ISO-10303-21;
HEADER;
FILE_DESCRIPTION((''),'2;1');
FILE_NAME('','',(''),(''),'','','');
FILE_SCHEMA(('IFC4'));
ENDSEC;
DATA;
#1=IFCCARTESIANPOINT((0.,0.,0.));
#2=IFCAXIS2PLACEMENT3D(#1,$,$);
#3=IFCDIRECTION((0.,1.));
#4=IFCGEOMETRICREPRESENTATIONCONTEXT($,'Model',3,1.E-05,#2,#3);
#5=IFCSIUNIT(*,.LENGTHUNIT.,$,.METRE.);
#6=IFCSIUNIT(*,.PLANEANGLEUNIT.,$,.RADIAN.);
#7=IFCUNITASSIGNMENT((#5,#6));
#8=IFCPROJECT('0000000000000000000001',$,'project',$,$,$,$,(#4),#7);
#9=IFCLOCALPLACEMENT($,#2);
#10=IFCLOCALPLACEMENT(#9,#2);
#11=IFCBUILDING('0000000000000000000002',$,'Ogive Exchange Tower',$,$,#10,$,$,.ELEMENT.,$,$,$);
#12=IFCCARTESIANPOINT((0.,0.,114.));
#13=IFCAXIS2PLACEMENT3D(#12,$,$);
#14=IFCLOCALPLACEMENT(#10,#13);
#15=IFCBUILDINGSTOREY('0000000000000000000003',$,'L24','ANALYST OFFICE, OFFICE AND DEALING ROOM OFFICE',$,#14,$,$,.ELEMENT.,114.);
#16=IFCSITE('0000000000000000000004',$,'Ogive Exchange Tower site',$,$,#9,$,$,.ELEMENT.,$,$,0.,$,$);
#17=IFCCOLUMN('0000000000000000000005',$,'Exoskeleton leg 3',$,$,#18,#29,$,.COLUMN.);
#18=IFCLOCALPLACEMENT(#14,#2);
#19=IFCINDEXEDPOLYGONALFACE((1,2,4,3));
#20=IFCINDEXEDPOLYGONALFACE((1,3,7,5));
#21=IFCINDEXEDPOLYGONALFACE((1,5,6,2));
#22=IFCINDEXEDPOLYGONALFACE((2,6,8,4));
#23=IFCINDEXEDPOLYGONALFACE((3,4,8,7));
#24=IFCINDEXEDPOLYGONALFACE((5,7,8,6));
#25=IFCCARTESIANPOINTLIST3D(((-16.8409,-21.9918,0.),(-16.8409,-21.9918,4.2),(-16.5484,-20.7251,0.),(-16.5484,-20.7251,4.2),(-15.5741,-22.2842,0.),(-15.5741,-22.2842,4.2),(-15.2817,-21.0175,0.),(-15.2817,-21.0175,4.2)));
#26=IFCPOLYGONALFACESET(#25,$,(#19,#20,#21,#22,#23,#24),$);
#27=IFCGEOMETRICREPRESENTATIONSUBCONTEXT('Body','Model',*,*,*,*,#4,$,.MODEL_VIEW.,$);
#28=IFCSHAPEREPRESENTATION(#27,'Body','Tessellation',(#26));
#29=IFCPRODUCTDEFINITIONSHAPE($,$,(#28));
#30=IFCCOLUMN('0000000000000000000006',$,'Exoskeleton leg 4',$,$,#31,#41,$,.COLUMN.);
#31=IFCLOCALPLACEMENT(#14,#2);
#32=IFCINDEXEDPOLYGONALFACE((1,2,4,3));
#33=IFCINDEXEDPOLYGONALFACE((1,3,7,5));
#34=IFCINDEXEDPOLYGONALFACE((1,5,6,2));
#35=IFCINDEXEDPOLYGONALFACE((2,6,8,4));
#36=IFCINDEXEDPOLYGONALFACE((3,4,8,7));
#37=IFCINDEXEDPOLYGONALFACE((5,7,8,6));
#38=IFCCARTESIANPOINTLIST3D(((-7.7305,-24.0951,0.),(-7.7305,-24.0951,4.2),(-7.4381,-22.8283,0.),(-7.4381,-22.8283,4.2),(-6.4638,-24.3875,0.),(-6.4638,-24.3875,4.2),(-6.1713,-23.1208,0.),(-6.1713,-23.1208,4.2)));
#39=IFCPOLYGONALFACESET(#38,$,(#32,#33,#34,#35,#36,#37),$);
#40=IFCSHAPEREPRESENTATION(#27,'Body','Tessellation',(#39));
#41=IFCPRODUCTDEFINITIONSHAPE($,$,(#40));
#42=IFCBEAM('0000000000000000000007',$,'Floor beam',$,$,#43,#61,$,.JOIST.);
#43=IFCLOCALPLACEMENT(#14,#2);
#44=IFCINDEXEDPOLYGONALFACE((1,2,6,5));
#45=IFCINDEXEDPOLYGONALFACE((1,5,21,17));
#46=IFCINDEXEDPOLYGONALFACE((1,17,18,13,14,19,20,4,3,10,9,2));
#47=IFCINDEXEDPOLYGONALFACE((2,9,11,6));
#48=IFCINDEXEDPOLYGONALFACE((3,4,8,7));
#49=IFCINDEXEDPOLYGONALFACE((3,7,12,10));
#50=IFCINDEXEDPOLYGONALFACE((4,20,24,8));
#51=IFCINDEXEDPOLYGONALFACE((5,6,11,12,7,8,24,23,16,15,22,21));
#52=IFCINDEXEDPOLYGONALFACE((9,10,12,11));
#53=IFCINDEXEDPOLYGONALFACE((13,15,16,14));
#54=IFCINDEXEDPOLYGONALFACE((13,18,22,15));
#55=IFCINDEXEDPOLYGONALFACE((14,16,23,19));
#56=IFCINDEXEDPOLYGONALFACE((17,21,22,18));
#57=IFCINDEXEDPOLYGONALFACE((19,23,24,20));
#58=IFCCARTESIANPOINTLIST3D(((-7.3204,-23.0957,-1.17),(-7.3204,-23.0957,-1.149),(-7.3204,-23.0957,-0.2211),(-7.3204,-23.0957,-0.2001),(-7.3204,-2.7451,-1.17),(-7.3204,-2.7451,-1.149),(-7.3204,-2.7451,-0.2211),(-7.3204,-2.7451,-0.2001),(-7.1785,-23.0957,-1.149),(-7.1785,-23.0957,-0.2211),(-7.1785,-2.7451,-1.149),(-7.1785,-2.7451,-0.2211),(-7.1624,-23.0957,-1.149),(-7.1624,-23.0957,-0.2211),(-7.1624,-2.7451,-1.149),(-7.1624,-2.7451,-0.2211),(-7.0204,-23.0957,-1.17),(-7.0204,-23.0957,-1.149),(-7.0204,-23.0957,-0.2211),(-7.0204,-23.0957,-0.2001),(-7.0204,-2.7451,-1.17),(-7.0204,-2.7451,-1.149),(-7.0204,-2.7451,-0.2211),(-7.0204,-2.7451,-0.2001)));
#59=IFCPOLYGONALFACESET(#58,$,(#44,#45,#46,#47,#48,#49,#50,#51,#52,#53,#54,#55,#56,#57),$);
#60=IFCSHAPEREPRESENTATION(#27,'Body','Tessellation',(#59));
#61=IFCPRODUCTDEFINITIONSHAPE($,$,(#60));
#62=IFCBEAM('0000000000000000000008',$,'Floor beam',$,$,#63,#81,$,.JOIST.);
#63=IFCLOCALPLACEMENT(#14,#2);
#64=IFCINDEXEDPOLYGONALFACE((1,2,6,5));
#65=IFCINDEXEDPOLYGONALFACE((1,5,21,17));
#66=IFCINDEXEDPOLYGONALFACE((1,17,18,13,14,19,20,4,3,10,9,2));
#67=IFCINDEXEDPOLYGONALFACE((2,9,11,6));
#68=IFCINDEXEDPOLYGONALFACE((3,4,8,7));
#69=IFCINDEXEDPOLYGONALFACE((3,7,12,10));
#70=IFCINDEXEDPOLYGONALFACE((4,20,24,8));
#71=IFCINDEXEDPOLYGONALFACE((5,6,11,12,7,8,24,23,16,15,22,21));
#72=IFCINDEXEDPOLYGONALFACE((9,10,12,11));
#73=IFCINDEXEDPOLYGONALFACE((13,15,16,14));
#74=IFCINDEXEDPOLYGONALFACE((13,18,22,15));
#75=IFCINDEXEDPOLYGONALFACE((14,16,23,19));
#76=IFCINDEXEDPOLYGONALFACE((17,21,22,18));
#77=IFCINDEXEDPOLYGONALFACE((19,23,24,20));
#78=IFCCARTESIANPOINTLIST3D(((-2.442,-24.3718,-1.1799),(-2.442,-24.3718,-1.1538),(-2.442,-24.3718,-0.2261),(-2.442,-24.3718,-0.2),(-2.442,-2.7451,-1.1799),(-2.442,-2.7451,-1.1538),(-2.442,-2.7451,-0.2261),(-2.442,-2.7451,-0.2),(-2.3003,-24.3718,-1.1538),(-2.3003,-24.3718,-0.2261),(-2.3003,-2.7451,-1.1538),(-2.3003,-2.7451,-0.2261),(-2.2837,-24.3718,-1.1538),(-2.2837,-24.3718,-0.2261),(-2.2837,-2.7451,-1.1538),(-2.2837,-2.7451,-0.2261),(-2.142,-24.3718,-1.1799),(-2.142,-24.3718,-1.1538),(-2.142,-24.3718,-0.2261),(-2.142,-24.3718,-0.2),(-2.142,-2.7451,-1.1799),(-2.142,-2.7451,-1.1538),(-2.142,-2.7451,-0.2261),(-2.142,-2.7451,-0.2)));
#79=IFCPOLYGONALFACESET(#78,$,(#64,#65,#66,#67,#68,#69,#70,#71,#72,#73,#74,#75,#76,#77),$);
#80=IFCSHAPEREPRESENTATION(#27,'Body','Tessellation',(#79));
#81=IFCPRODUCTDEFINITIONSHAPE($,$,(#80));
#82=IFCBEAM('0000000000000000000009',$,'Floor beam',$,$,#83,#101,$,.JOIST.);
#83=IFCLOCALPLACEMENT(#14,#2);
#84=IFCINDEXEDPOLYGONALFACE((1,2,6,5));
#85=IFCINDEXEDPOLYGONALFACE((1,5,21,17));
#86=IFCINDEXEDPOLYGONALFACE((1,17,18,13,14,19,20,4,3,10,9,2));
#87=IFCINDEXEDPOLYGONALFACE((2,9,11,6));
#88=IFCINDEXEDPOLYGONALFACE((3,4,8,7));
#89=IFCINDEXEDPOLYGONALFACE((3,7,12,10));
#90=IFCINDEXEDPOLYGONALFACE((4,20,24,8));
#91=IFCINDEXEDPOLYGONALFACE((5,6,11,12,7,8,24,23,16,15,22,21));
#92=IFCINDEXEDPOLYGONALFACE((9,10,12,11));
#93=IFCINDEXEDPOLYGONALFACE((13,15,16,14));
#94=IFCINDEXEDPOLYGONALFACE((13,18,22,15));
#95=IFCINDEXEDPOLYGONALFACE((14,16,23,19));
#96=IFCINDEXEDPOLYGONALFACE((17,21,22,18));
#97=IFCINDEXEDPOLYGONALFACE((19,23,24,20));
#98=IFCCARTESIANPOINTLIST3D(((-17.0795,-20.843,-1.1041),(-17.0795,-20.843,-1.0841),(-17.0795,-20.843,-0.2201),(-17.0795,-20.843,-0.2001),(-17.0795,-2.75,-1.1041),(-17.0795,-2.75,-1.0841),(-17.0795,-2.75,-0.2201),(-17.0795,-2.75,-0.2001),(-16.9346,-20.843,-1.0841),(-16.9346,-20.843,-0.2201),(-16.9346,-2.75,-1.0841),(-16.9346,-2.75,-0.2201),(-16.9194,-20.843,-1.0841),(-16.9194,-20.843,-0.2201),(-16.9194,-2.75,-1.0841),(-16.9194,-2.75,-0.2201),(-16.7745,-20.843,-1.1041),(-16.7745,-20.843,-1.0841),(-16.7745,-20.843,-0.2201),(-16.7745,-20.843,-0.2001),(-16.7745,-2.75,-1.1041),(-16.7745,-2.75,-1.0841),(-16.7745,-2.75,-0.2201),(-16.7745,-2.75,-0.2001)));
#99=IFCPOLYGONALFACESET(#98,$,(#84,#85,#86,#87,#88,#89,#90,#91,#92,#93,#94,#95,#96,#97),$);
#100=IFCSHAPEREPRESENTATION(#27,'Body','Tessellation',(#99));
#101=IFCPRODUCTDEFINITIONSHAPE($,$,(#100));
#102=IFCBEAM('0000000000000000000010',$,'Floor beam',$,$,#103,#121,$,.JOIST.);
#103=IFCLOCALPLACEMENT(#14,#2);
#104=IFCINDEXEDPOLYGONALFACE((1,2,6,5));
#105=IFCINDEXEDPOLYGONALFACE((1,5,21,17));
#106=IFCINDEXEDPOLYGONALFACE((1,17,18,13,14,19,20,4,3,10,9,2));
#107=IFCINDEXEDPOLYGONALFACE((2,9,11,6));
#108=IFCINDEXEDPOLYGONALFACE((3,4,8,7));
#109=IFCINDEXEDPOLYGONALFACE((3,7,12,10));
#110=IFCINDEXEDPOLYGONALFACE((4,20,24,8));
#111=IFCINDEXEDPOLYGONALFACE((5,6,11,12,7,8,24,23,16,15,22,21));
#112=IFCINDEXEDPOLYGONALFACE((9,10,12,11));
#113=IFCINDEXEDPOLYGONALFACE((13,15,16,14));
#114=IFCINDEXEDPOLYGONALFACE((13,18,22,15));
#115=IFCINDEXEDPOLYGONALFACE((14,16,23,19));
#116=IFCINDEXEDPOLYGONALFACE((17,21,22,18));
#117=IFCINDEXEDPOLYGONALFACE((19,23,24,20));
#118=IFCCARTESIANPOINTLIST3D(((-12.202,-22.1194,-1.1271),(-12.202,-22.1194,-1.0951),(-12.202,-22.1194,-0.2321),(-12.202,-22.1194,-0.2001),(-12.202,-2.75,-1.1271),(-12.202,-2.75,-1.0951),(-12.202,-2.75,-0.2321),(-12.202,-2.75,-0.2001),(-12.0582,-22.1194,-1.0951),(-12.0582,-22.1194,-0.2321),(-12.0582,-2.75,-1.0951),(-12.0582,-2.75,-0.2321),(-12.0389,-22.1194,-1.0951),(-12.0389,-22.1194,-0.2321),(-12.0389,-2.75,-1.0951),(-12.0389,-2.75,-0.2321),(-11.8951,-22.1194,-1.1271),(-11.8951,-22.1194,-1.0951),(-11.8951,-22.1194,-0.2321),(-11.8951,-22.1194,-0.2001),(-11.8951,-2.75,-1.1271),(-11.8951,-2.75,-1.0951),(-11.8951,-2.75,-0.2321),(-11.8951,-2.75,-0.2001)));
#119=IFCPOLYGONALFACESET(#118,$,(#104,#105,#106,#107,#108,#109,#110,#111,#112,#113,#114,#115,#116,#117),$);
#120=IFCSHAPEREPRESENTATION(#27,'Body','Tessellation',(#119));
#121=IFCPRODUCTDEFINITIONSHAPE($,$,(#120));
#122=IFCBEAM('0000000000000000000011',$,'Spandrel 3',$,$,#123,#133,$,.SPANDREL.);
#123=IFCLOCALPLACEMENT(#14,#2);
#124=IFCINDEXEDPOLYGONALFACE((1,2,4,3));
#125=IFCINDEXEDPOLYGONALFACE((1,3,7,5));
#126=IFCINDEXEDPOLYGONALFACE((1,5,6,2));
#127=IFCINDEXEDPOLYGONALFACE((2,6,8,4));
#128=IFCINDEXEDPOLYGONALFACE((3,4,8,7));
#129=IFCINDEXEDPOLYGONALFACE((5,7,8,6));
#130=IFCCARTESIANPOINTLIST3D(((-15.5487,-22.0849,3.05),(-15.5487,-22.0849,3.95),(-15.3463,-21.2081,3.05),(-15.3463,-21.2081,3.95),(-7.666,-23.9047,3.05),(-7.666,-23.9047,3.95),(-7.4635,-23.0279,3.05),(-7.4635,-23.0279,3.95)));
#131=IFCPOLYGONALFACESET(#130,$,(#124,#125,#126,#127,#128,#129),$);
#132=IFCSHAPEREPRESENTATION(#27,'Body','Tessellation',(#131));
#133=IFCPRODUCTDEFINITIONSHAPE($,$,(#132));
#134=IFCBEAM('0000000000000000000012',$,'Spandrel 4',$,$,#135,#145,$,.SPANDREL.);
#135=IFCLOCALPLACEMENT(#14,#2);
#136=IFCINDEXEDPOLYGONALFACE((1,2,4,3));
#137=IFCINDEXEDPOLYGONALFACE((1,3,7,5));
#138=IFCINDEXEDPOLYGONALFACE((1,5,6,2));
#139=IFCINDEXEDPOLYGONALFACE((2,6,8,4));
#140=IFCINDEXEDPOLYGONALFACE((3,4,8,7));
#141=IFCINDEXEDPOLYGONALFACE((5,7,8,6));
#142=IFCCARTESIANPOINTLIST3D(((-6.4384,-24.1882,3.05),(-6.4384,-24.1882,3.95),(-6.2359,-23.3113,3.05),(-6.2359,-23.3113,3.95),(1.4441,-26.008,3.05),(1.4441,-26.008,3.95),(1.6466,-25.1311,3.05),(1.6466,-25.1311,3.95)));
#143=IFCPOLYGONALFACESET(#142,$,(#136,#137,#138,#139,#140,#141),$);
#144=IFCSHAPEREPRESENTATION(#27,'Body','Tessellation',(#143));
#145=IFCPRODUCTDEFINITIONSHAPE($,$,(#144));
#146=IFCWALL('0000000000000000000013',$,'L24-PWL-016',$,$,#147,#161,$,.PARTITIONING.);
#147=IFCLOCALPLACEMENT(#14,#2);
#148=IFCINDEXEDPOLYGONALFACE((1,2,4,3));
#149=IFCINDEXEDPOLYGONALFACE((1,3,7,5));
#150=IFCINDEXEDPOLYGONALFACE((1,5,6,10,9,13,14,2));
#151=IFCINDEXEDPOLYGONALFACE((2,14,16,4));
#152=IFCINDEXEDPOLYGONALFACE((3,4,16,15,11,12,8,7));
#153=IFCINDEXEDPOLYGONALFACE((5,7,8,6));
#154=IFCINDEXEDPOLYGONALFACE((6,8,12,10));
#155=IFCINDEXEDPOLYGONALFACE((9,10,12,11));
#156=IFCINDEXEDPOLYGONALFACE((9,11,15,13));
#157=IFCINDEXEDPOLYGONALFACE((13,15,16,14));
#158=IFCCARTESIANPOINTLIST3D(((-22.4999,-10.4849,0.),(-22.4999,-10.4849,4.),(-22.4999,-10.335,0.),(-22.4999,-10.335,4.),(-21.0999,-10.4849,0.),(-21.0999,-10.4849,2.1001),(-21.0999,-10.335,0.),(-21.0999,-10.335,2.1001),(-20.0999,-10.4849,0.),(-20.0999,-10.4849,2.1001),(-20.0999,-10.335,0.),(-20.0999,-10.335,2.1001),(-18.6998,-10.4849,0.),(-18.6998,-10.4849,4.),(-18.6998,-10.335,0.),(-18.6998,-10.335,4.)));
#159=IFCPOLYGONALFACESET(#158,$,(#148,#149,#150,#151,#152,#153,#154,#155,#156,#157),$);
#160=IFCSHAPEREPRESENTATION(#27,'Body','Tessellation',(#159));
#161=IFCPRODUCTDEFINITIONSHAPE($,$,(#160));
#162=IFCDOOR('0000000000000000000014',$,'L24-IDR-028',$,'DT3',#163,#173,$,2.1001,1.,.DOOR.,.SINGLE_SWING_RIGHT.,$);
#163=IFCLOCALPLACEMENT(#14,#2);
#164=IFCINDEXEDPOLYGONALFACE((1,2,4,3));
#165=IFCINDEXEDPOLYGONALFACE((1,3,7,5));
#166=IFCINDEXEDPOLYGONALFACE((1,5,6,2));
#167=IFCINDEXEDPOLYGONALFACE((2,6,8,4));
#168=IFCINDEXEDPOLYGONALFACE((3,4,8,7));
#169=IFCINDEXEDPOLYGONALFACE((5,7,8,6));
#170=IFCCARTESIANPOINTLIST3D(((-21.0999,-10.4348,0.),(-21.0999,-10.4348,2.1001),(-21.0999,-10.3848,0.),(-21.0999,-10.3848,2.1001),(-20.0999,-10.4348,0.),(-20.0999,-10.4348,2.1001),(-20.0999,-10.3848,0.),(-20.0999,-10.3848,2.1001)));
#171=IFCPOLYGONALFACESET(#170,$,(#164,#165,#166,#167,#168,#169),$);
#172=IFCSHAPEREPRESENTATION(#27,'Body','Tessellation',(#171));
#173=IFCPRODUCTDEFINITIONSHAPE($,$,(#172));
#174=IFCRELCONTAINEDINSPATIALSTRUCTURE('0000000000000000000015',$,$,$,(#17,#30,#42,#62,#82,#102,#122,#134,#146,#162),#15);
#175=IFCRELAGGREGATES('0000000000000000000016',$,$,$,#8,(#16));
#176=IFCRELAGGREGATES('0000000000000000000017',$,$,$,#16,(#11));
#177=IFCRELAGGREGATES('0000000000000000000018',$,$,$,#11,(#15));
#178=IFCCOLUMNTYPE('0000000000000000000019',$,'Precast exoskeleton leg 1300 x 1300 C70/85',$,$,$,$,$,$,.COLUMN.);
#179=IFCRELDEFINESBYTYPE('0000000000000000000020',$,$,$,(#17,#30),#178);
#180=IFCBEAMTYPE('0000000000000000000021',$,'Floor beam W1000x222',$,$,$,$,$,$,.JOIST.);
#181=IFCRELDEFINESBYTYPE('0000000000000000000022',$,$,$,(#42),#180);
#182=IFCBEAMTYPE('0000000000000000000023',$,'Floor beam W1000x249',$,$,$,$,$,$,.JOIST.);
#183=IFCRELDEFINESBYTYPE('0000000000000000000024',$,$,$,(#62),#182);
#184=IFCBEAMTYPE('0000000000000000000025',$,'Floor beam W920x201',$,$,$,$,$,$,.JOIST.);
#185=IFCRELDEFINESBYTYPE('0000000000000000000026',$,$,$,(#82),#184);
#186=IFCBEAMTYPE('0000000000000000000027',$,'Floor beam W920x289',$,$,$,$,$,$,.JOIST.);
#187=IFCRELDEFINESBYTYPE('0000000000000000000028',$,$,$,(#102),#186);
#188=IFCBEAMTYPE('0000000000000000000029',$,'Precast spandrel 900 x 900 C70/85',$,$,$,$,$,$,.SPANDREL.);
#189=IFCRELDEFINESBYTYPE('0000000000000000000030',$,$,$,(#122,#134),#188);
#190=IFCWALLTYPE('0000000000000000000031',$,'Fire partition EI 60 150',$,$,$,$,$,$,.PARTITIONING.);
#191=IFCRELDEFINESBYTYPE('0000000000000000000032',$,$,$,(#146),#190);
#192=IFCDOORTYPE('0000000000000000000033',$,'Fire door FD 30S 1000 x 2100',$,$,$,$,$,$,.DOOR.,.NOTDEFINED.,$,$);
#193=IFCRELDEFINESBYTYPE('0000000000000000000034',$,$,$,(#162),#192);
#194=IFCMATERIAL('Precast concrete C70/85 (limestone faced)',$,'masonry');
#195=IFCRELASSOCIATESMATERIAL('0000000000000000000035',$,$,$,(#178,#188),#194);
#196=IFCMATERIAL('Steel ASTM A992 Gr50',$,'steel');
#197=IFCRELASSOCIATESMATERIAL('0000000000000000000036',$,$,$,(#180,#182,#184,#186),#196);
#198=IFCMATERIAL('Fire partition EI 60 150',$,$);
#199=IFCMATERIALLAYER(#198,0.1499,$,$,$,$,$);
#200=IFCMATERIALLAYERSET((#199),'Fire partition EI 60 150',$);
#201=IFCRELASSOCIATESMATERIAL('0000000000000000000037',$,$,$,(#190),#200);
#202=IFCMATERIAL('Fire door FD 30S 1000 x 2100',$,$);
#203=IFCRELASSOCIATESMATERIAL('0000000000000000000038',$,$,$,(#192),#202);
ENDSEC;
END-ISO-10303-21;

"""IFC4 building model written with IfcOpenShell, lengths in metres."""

from ifc_helpers import new_model, si_unit, direction, frame, frame_2d, origin, origin_2d, place, context, subcontext, project, spatial, rectangle, i_section, extrude, material, layer, layer_set, material_profile, profile_set, type_object, element, fill, save


model = new_model("IFC4")

# Units and contexts
model_context = context("Model", 3, precision=1e-05, world=origin(), true_north=direction((0.0, 1.0)))
body_context = subcontext(model_context, "Body", "Model", "MODEL_VIEW")
ifc_project = project(units=[si_unit("LENGTHUNIT", "METRE"), si_unit("PLANEANGLEUNIT", "RADIAN")], contexts=[model_context])

# Site, building, storey
site_placement = place(None, origin())
site = spatial("IfcSite", under=ifc_project, at=site_placement, Name="Ogive Exchange Tower site", CompositionType="ELEMENT", RefElevation=0.0)
building_placement = place(site_placement, origin())
building = spatial("IfcBuilding", under=site, at=building_placement, Name="Ogive Exchange Tower", CompositionType="ELEMENT")
storey_placement = place(building_placement, frame((0.0, 0.0, 114.0)))
storey = spatial("IfcBuildingStorey", under=building, at=storey_placement, Name="L24", Description="ANALYST OFFICE, OFFICE AND DEALING ROOM OFFICE", CompositionType="ELEMENT", Elevation=114.0)

# Columns
ifc_material_1 = material(Name="Precast concrete C70/85 (limestone faced)", Category="masonry")
ifc_material_profile_1 = material_profile(ifc_material_1, rectangle(XDim=1.3, YDim=1.3, at=origin_2d()), Name="1300 x 1300")
ifc_profile_set_1 = profile_set([ifc_material_profile_1], Name="Precast concrete C70/85 (limestone faced)")
column_type = type_object("IfcColumnType", Name="Precast exoskeleton leg 1300 x 1300 C70/85", PredefinedType="COLUMN", material=ifc_profile_set_1)
for number, where, z_axis, x_axis, name in (
    (1, (-16.0613, -21.5046, 0.0), (0.0, 0.0, 1.0), (0.97437, -0.224951, 0.0), "Exoskeleton leg 3"),
    (2, (-6.9509, -23.6079, 0.0), (0.0, 0.0, 1.0), (0.97437, -0.224951, 0.0), "Exoskeleton leg 4"),
):
    element("IfcColumn", number, at=place(storey_placement, frame(where, z_axis=z_axis, x_axis=x_axis)), inside=storey, type_object=column_type, Name=name, PredefinedType="COLUMN", context=body_context, shape_type="SweptSolid", body=[
        extrude(rectangle(XDim=1.3, YDim=1.3, at=origin_2d()), origin(), (0.0, 0.0, 1.0), 4.2),
    ])

# Beams
ifc_material_2 = material(Name="Steel ASTM A992 Gr50", Category="steel")
ifc_material_profile_2 = material_profile(ifc_material_2, i_section(OverallWidth=0.3, OverallDepth=0.97, WebThickness=0.0161, FlangeThickness=0.021, at=origin_2d()), Name="W1000x222")
ifc_profile_set_2 = profile_set([ifc_material_profile_2], Name="Steel ASTM A992 Gr50")
beam_type_1 = type_object("IfcBeamType", Name="Floor beam W1000x222", PredefinedType="JOIST", material=ifc_profile_set_2)
beam_1_placement = place(storey_placement, frame((-7.1704, -23.0957, -0.6851), z_axis=(0.0, 1.0, 0.0), x_axis=(-1.0, 0.0, 0.0)))
element("IfcBeam", 3, at=beam_1_placement, inside=storey, type_object=beam_type_1, Name="Floor beam", PredefinedType="JOIST", context=body_context, shape_type="SweptSolid", body=[
    extrude(i_section(OverallWidth=0.3, OverallDepth=0.97, WebThickness=0.0161, FlangeThickness=0.021, at=origin_2d()), origin(), (0.0, 0.0, 1.0), 20.3506),
])
ifc_material_profile_3 = material_profile(ifc_material_2, i_section(OverallWidth=0.3, OverallDepth=0.98, WebThickness=0.0166, FlangeThickness=0.0261, at=origin_2d()), Name="W1000x249")
ifc_profile_set_3 = profile_set([ifc_material_profile_3], Name="Steel ASTM A992 Gr50")
beam_type_2 = type_object("IfcBeamType", Name="Floor beam W1000x249", PredefinedType="JOIST", material=ifc_profile_set_3)
beam_2_placement = place(storey_placement, frame((-2.292, -24.3718, -0.6899), z_axis=(0.0, 1.0, 0.0), x_axis=(-1.0, 0.0, 0.0)))
element("IfcBeam", 4, at=beam_2_placement, inside=storey, type_object=beam_type_2, Name="Floor beam", PredefinedType="JOIST", context=body_context, shape_type="SweptSolid", body=[
    extrude(i_section(OverallWidth=0.3, OverallDepth=0.98, WebThickness=0.0166, FlangeThickness=0.0261, at=origin_2d()), origin(), (0.0, 0.0, 1.0), 21.6267),
])
ifc_material_profile_4 = material_profile(ifc_material_2, i_section(OverallWidth=0.3049, OverallDepth=0.9041, WebThickness=0.0151, FlangeThickness=0.02, at=origin_2d()), Name="W920x201")
ifc_profile_set_4 = profile_set([ifc_material_profile_4], Name="Steel ASTM A992 Gr50")
beam_type_3 = type_object("IfcBeamType", Name="Floor beam W920x201", PredefinedType="JOIST", material=ifc_profile_set_4)
beam_3_placement = place(storey_placement, frame((-16.927, -20.843, -0.6521), z_axis=(0.0, 1.0, 0.0), x_axis=(-1.0, 0.0, 0.0)))
element("IfcBeam", 5, at=beam_3_placement, inside=storey, type_object=beam_type_3, Name="Floor beam", PredefinedType="JOIST", context=body_context, shape_type="SweptSolid", body=[
    extrude(i_section(OverallWidth=0.3049, OverallDepth=0.9041, WebThickness=0.0151, FlangeThickness=0.02, at=origin_2d()), origin(), (0.0, 0.0, 1.0), 18.093),
])
ifc_material_profile_5 = material_profile(ifc_material_2, i_section(OverallWidth=0.3069, OverallDepth=0.927, WebThickness=0.0193, FlangeThickness=0.032, at=origin_2d()), Name="W920x289")
ifc_profile_set_5 = profile_set([ifc_material_profile_5], Name="Steel ASTM A992 Gr50")
beam_type_4 = type_object("IfcBeamType", Name="Floor beam W920x289", PredefinedType="JOIST", material=ifc_profile_set_5)
beam_4_placement = place(storey_placement, frame((-12.0486, -22.1194, -0.6636), z_axis=(0.0, 1.0, 0.0), x_axis=(-1.0, 0.0, 0.0)))
element("IfcBeam", 6, at=beam_4_placement, inside=storey, type_object=beam_type_4, Name="Floor beam", PredefinedType="JOIST", context=body_context, shape_type="SweptSolid", body=[
    extrude(i_section(OverallWidth=0.3069, OverallDepth=0.927, WebThickness=0.0193, FlangeThickness=0.032, at=origin_2d()), origin(), (0.0, 0.0, 1.0), 19.3694),
])
ifc_material_profile_6 = material_profile(ifc_material_1, rectangle(XDim=0.8999, YDim=0.8999, at=origin_2d()), Name="900 x 900")
ifc_profile_set_6 = profile_set([ifc_material_profile_6], Name="Precast concrete C70/85 (limestone faced)")
beam_type_5 = type_object("IfcBeamType", Name="Precast spandrel 900 x 900 C70/85", PredefinedType="SPANDREL", material=ifc_profile_set_6)
beam_5_placement = place(storey_placement, frame((-15.4475, -21.6465, 3.5), z_axis=(0.974372, -0.224943, 0.0), x_axis=(0.224943, 0.974372, 0.0)))
element("IfcBeam", 7, at=beam_5_placement, inside=storey, type_object=beam_type_5, Name="Spandrel 3", PredefinedType="SPANDREL", context=body_context, shape_type="SweptSolid", body=[
    extrude(rectangle(XDim=0.8999, YDim=0.8999, at=origin_2d()), origin(), (0.0, 0.0, 1.0), 8.0901),
])
beam_6_placement = place(storey_placement, frame((-6.3372, -23.7498, 3.5), z_axis=(0.97437, -0.22495, 0.0), x_axis=(0.22495, 0.97437, 0.0)))
element("IfcBeam", 8, at=beam_6_placement, inside=storey, type_object=beam_type_5, Name="Spandrel 4", PredefinedType="SPANDREL", context=body_context, shape_type="SweptSolid", body=[
    extrude(rectangle(XDim=0.8999, YDim=0.8999, at=origin_2d()), origin(), (0.0, 0.0, 1.0), 8.0898),
])

# Wall, opening, door
ifc_material_3 = material(Name="Fire partition EI 60 150")
ifc_layer_1 = layer(ifc_material_3, 0.1499)
ifc_layer_set_1 = layer_set([ifc_layer_1], Name="Fire partition EI 60 150")
wall_type_1 = type_object("IfcWallType", Name="Fire partition EI 60 150", PredefinedType="PARTITIONING", material=ifc_layer_set_1)
wall_1_placement = place(storey_placement, frame((-18.7, -10.4099, 0.0), z_axis=(0.0, 0.0, 1.0), x_axis=(-1.0, 0.0, 0.0)))
wall_1 = element("IfcWall", 9, at=wall_1_placement, inside=storey, type_object=wall_type_1, Name="L24-PWL-016", PredefinedType="PARTITIONING", context=body_context, shape_type="SweptSolid", body=[
    extrude(rectangle(XDim=3.8, YDim=0.1499, at=frame_2d((1.8999, 0.0))), origin(), (0.0, 0.0, 1.0), 4.0),
])
opening_1_placement = place(wall_1_placement, frame((1.3999, 0.0, 0.0)))
opening_1 = element("IfcOpeningElement", 10, at=opening_1_placement, cuts=wall_1, PredefinedType="OPENING", context=body_context, shape_type="SweptSolid", body=[
    extrude(rectangle(XDim=1.0, YDim=2.1001, at=frame_2d((0.5, 1.05))), frame((0.0, 0.085, 0.0), z_axis=(0.0, -1.0, 0.0), x_axis=(1.0, 0.0, 0.0)), (0.0, 0.0, 1.0), 0.1699),
])
ifc_material_4 = material(Name="Fire door FD 30S 1000 x 2100")
door_type_1 = type_object("IfcDoorType", Name="Fire door FD 30S 1000 x 2100", OperationType="NOTDEFINED", PredefinedType="DOOR", material=ifc_material_4)
door_1_placement = place(opening_1_placement, origin())
door_1 = element("IfcDoor", 11, at=door_1_placement, inside=storey, type_object=door_type_1, Name="L24-IDR-028", ObjectType="DT3", OperationType="SINGLE_SWING_RIGHT", OverallHeight=2.1001, OverallWidth=1.0, PredefinedType="DOOR", context=body_context, shape_type="SweptSolid", body=[
    extrude(rectangle(XDim=1.0, YDim=2.1001, at=frame_2d((0.5, 1.05))), frame((0.0, 0.0249, 0.0), z_axis=(0.0, -1.0, 0.0), x_axis=(1.0, 0.0, 0.0)), (0.0, 0.0, 1.0), 0.05),
])
fill(opening_1, door_1)

save(model, "model.ifc")
